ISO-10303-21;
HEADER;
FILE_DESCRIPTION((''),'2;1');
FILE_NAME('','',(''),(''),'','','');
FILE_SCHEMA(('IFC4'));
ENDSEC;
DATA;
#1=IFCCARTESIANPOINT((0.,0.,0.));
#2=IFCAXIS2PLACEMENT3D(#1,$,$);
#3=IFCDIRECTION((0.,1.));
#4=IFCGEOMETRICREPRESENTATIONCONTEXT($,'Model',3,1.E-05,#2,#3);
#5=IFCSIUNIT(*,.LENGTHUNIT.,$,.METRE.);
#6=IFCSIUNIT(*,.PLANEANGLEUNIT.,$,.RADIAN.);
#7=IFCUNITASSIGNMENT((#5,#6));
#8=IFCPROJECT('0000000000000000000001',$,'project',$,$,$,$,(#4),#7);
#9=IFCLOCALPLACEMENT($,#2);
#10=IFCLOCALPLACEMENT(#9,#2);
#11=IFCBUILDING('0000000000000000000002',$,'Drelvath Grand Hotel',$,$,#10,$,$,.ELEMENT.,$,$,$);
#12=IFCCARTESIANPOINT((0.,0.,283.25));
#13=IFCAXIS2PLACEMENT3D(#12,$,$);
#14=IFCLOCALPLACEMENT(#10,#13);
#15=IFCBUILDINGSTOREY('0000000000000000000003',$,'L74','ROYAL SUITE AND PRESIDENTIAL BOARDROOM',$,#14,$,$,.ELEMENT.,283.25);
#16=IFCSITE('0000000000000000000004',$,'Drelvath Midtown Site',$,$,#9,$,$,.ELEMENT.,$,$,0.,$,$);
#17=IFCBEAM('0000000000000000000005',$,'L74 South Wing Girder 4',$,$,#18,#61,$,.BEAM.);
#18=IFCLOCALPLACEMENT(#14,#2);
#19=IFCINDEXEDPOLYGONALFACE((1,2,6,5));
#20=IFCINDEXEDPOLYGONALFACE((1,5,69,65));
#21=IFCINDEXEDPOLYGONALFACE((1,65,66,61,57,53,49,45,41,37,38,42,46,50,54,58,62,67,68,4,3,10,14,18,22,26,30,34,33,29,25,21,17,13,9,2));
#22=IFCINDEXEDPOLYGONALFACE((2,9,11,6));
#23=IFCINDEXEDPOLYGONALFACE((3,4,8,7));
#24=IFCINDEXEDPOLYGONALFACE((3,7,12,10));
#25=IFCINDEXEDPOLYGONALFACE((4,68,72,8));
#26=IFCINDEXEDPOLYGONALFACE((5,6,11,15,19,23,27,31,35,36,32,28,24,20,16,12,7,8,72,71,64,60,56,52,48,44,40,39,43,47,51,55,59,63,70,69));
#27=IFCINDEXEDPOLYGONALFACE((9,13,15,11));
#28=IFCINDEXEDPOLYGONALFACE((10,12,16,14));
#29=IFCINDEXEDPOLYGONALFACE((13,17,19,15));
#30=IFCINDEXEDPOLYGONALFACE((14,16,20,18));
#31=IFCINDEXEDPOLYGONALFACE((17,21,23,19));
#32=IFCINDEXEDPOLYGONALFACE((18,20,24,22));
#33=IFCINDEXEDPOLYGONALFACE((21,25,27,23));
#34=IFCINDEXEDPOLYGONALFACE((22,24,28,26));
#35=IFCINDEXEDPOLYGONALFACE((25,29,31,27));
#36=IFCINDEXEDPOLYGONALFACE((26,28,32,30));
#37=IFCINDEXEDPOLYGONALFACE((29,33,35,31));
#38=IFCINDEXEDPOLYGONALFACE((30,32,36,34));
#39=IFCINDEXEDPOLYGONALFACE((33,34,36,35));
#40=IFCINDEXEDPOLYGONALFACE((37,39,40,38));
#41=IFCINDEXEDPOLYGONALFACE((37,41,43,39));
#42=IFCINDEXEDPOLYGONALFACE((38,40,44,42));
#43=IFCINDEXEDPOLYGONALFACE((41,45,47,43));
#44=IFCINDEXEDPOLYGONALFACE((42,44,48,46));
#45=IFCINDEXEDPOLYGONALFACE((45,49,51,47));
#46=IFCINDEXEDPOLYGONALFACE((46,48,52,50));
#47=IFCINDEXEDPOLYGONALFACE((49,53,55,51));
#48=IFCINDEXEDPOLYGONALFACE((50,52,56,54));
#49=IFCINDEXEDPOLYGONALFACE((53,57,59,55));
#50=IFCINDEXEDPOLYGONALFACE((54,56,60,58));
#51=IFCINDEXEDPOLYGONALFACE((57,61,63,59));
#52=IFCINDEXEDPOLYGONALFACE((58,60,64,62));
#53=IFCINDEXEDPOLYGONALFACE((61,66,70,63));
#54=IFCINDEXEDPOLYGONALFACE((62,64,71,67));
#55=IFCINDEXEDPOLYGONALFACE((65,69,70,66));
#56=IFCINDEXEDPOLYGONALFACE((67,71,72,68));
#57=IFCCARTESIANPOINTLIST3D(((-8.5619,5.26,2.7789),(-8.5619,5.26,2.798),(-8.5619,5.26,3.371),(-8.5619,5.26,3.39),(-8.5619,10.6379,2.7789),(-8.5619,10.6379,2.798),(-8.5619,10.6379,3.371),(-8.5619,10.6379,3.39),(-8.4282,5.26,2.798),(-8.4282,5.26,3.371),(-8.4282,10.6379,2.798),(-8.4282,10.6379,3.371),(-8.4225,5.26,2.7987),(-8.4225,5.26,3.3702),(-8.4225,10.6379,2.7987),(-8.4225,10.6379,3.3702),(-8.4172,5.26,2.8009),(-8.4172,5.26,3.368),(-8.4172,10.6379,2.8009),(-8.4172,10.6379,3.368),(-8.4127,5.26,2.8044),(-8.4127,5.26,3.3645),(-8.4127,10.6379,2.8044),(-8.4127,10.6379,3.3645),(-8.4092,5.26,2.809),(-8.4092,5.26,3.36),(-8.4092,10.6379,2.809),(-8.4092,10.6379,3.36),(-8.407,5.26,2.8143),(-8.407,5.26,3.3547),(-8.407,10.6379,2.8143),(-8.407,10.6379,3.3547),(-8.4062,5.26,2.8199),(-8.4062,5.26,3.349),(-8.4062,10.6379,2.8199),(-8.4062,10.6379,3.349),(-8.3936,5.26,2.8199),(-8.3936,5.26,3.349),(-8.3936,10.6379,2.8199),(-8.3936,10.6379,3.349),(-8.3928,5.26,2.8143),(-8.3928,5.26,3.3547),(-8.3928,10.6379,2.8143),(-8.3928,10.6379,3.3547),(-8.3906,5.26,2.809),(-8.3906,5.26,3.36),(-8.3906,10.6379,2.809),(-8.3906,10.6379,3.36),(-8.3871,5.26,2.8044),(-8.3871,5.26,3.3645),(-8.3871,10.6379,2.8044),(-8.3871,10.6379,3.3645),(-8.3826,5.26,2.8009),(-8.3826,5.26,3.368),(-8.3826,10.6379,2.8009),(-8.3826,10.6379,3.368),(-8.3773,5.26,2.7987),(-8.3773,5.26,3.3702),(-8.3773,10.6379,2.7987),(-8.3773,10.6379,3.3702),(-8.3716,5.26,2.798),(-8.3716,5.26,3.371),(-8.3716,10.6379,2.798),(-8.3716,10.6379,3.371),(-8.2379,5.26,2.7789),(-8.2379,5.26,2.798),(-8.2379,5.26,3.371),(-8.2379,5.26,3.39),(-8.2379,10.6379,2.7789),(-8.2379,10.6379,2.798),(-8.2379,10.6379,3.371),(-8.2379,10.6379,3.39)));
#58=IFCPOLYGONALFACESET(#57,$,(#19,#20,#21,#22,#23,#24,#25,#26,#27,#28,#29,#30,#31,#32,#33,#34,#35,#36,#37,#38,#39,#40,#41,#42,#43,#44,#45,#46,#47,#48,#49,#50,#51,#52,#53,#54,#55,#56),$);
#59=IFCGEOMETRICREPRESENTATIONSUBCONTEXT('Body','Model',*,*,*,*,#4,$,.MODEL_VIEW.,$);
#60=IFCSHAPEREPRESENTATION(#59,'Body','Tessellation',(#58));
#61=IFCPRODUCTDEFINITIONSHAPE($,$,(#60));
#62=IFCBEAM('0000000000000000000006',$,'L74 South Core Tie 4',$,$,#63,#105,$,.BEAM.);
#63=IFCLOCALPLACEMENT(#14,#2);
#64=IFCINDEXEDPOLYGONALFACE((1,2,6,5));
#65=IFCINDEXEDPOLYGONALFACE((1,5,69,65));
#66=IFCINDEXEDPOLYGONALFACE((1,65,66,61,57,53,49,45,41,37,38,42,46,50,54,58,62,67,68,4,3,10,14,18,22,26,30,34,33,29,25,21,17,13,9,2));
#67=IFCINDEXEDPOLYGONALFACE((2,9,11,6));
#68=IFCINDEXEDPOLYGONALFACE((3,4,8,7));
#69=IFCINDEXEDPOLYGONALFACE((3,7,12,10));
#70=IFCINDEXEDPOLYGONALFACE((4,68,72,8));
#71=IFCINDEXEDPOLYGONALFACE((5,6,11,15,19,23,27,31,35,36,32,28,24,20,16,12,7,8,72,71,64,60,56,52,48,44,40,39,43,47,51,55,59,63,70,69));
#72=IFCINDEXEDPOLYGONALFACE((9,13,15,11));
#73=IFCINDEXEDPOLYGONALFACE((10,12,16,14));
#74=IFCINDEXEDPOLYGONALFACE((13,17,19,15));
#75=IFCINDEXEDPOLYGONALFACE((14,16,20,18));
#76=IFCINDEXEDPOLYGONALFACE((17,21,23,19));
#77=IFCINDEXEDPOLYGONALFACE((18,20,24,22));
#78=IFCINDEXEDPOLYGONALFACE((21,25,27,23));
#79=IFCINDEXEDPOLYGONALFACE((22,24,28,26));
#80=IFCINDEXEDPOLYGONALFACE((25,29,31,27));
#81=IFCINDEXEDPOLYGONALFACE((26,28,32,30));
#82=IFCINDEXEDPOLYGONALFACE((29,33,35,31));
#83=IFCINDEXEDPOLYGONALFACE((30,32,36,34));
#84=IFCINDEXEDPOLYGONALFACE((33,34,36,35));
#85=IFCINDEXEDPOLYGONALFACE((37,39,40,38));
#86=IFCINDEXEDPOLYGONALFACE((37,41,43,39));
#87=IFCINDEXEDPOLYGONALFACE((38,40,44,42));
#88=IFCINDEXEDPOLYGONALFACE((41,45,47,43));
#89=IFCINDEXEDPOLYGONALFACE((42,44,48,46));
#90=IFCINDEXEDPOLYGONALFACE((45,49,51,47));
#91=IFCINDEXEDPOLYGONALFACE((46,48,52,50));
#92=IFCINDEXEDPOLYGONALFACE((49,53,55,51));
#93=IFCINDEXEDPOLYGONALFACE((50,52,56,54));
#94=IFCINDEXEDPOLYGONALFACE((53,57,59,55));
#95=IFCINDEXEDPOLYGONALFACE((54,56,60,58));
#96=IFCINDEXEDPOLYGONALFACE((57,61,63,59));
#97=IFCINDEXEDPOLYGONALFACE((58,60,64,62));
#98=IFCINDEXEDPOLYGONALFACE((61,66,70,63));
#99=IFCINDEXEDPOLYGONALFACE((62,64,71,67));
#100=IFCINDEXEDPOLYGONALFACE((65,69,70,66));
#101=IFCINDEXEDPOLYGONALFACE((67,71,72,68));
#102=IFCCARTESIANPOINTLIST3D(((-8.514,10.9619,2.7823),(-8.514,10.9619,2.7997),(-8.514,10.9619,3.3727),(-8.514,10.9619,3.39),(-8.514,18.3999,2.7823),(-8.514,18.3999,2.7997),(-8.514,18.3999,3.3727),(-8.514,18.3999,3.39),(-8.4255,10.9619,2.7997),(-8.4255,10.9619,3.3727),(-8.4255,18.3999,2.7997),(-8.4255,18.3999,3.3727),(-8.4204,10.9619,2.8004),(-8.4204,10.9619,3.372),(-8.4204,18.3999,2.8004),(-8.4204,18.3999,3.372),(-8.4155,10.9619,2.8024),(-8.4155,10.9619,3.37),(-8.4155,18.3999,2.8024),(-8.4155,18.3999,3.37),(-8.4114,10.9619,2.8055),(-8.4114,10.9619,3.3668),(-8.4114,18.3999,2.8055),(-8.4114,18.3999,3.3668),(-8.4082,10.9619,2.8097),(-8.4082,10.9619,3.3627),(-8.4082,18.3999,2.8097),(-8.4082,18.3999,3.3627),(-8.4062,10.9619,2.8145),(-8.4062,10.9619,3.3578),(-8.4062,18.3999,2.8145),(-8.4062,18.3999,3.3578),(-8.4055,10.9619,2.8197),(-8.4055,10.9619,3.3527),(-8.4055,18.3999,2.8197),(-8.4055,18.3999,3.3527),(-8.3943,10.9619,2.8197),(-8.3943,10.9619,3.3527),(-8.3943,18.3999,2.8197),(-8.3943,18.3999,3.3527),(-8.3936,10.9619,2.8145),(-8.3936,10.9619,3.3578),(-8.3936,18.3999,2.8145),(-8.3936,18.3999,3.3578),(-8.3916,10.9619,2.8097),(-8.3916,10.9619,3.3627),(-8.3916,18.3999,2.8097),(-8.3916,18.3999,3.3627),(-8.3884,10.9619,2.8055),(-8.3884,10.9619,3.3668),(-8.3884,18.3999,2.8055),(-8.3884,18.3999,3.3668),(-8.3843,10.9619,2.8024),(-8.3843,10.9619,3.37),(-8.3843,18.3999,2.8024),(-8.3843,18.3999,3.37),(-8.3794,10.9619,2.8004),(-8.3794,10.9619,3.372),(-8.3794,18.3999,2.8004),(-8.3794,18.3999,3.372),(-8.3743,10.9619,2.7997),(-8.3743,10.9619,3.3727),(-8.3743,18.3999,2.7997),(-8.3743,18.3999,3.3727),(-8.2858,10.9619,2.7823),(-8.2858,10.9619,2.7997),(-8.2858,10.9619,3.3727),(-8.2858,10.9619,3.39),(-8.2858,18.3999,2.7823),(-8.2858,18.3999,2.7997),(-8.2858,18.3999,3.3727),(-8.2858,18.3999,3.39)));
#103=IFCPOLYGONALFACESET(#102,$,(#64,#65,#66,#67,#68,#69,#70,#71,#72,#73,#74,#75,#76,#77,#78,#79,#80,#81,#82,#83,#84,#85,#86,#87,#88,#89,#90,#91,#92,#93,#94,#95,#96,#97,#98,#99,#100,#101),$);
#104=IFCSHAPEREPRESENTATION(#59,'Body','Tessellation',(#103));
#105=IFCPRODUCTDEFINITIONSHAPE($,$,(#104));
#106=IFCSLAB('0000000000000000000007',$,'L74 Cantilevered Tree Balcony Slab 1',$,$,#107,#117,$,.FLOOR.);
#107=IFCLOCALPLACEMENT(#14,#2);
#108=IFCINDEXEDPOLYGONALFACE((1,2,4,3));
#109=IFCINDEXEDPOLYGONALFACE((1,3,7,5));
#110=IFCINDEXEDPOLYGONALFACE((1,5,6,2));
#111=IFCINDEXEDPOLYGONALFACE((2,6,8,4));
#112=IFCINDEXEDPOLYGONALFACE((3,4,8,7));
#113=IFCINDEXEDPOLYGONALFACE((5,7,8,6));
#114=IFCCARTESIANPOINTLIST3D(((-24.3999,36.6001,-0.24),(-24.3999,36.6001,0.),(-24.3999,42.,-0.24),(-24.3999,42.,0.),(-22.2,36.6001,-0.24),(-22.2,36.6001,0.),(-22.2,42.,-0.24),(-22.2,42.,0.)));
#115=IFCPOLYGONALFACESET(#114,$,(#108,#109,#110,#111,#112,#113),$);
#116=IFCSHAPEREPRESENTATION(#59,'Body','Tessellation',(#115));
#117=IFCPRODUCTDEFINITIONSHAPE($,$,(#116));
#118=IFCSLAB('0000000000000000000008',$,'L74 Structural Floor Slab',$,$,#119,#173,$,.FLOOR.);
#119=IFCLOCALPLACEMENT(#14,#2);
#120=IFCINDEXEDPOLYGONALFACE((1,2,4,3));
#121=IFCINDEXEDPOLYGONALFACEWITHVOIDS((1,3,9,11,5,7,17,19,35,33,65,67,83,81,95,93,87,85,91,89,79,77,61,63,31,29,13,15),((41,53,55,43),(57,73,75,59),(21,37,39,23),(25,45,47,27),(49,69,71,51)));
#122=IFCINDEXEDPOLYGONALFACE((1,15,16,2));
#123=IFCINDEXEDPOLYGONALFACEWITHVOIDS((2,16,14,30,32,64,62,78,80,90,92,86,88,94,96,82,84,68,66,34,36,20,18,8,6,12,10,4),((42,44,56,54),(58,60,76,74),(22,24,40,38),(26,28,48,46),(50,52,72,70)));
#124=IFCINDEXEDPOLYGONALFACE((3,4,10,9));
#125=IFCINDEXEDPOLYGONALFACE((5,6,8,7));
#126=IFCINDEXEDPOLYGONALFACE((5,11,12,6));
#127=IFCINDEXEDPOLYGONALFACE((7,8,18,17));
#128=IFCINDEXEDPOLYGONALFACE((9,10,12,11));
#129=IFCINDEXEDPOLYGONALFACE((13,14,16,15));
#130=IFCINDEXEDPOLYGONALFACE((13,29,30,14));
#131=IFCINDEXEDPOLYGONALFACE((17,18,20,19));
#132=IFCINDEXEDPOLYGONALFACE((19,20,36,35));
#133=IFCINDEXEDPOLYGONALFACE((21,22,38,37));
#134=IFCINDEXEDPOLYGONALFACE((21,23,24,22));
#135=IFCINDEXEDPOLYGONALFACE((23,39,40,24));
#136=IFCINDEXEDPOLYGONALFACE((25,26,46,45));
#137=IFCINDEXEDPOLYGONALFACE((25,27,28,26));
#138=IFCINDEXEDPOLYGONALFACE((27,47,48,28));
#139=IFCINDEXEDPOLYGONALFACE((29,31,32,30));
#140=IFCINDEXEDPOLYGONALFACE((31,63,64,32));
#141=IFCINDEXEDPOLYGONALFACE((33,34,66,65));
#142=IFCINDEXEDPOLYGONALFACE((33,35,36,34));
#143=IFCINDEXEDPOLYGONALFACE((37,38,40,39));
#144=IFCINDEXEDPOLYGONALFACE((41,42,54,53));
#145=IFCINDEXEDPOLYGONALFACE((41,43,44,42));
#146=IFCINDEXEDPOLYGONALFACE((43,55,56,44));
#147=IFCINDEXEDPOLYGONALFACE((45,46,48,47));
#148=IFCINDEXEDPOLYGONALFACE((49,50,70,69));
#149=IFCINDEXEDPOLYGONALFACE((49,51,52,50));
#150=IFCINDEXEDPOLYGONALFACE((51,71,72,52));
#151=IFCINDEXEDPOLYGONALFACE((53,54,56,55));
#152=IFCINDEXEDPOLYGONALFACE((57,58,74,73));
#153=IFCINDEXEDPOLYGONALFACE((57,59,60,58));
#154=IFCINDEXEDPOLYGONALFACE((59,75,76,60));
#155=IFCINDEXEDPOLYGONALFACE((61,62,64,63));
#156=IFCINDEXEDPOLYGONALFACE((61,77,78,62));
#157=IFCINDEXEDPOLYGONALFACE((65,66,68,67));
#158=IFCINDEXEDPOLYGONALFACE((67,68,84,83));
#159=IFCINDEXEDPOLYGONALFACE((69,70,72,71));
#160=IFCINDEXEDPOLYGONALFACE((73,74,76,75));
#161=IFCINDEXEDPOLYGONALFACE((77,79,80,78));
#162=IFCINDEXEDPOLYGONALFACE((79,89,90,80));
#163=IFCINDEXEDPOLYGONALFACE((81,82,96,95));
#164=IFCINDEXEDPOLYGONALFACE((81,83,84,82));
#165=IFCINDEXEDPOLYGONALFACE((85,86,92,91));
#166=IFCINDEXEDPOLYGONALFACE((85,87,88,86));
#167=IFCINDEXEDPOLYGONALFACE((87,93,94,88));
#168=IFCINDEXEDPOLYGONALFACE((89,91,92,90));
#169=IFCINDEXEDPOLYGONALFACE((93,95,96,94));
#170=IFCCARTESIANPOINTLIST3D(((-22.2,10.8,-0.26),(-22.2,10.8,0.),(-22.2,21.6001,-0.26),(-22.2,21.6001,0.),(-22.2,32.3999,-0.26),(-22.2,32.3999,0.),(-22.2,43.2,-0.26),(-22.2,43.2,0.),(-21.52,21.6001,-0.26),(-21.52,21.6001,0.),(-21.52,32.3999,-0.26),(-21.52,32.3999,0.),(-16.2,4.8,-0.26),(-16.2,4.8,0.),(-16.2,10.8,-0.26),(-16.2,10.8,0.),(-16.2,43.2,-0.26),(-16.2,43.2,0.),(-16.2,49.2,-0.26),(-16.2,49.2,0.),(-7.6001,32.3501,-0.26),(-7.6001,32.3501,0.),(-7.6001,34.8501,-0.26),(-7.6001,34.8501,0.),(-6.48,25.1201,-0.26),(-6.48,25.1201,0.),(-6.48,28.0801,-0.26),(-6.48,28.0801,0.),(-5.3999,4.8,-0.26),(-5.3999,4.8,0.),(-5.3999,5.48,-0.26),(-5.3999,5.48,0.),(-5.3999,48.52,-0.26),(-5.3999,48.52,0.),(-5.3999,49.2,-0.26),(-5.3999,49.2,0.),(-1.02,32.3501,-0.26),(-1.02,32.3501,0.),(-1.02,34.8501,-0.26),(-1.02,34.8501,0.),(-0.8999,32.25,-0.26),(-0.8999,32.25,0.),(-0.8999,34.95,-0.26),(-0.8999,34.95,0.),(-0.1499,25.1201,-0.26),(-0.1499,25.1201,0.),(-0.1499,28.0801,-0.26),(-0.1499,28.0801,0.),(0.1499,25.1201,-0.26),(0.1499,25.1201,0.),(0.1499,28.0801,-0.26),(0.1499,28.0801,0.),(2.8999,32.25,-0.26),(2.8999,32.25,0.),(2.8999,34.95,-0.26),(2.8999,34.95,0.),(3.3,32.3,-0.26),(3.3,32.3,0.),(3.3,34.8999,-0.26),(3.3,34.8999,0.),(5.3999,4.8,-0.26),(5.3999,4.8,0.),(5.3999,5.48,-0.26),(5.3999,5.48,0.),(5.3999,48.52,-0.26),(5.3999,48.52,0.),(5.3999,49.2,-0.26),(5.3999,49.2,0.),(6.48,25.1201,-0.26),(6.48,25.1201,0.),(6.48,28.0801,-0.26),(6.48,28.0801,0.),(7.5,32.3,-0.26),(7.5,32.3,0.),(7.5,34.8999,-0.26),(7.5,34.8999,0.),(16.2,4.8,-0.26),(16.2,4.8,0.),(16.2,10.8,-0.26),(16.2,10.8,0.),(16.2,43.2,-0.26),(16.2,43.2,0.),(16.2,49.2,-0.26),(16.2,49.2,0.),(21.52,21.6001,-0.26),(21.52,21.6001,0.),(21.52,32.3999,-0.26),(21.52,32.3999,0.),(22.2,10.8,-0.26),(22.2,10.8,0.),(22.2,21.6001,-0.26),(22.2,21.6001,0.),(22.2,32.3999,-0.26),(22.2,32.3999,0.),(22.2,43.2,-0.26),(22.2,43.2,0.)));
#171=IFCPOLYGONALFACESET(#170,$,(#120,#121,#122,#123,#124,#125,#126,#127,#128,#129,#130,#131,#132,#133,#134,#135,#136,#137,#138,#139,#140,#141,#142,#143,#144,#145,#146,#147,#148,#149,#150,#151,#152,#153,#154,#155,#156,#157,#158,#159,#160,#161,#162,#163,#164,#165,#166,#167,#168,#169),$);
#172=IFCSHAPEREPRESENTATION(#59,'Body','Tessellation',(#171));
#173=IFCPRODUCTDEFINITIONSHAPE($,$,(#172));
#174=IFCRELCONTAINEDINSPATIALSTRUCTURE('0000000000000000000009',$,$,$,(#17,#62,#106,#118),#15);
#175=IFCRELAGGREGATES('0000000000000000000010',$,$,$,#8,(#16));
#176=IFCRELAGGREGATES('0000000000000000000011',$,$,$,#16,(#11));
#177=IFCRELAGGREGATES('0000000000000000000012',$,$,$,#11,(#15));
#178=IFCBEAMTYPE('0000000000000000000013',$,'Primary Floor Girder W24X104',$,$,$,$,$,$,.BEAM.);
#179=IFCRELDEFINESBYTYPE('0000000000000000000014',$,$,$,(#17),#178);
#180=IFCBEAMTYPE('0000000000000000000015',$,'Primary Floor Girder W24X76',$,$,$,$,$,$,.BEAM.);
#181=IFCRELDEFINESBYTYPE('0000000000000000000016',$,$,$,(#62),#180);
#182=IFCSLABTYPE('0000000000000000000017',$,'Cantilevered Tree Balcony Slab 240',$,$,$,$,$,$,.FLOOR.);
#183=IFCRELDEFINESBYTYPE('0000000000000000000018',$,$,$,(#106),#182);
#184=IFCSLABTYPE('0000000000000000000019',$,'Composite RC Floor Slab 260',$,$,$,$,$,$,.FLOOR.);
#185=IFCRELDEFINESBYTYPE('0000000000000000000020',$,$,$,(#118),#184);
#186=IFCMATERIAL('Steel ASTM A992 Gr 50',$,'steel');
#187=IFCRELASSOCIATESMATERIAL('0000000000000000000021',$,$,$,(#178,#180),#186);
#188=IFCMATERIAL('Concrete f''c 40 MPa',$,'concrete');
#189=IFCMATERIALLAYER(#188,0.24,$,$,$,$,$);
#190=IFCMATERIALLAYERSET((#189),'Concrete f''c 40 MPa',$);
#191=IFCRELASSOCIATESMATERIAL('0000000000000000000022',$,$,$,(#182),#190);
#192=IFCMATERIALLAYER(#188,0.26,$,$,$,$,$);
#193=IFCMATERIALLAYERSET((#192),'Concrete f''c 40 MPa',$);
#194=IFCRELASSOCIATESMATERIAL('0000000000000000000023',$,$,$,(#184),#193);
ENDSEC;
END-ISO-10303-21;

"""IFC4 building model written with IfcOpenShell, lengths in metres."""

from ifc_helpers import new_model, si_unit, direction, frame, origin, origin_2d, place, context, subcontext, project, spatial, polyline, i_section, outline, extrude, material, layer, layer_set, material_profile, profile_set, type_object, element, save


model = new_model("IFC4")

# Units and contexts
model_context = context("Model", 3, precision=1e-05, world=origin(), true_north=direction((0.0, 1.0)))
body_context = subcontext(model_context, "Body", "Model", "MODEL_VIEW")
ifc_project = project(units=[si_unit("LENGTHUNIT", "METRE"), si_unit("PLANEANGLEUNIT", "RADIAN")], contexts=[model_context])

# Site, building, storey
site_placement = place(None, origin())
site = spatial("IfcSite", under=ifc_project, at=site_placement, Name="Drelvath Midtown Site", CompositionType="ELEMENT", RefElevation=0.0)
building_placement = place(site_placement, origin())
building = spatial("IfcBuilding", under=site, at=building_placement, Name="Drelvath Grand Hotel", CompositionType="ELEMENT")
storey_placement = place(building_placement, frame((0.0, 0.0, 283.25)))
storey = spatial("IfcBuildingStorey", under=building, at=storey_placement, Name="L74", Description="ROYAL SUITE AND PRESIDENTIAL BOARDROOM", CompositionType="ELEMENT", Elevation=283.25)

# Shared definitions
ifc_material_1 = material(Name="Steel ASTM A992 Gr 50", Category="steel")

# Beams
ifc_material_profile_1 = material_profile(ifc_material_1, i_section(OverallWidth=0.324, OverallDepth=0.6111, WebThickness=0.0127, FlangeThickness=0.019, FilletRadius=0.022, at=origin_2d()), Name="W24X104")
ifc_profile_set_1 = profile_set([ifc_material_profile_1], Name="Steel ASTM A992 Gr 50")
beam_type_1 = type_object("IfcBeamType", Name="Primary Floor Girder W24X104", PredefinedType="BEAM", material=ifc_profile_set_1)
beam_1_placement = place(storey_placement, frame((-8.3999, 5.26, 3.0845), z_axis=(0.0, 1.0, 0.0), x_axis=(-1.0, 0.0, 0.0)))
element("IfcBeam", 1, at=beam_1_placement, inside=storey, type_object=beam_type_1, Name="L74 South Wing Girder 4", PredefinedType="BEAM", context=body_context, shape_type="SweptSolid", body=[
    extrude(i_section(OverallWidth=0.324, OverallDepth=0.6111, WebThickness=0.0127, FlangeThickness=0.019, FilletRadius=0.022, at=origin_2d()), origin(), (0.0, 0.0, 1.0), 5.3779),
])
ifc_material_profile_2 = material_profile(ifc_material_1, i_section(OverallWidth=0.2283, OverallDepth=0.6077, WebThickness=0.0112, FlangeThickness=0.0173, FilletRadius=0.02, at=origin_2d()), Name="W24X76")
ifc_profile_set_2 = profile_set([ifc_material_profile_2], Name="Steel ASTM A992 Gr 50")
beam_type_2 = type_object("IfcBeamType", Name="Primary Floor Girder W24X76", PredefinedType="BEAM", material=ifc_profile_set_2)
beam_2_placement = place(storey_placement, frame((-8.3999, 10.9619, 3.0862), z_axis=(0.0, 1.0, 0.0), x_axis=(-1.0, 0.0, 0.0)))
element("IfcBeam", 2, at=beam_2_placement, inside=storey, type_object=beam_type_2, Name="L74 South Core Tie 4", PredefinedType="BEAM", context=body_context, shape_type="SweptSolid", body=[
    extrude(i_section(OverallWidth=0.2283, OverallDepth=0.6077, WebThickness=0.0112, FlangeThickness=0.0173, FilletRadius=0.02, at=origin_2d()), origin(), (0.0, 0.0, 1.0), 7.438),
])

# Slabs
ifc_material_2 = material(Name="Concrete f'c 40 MPa", Category="concrete")
ifc_layer_1 = layer(ifc_material_2, 0.24)
ifc_layer_set_1 = layer_set([ifc_layer_1], Name="Concrete f'c 40 MPa")
slab_type_1 = type_object("IfcSlabType", Name="Cantilevered Tree Balcony Slab 240", PredefinedType="FLOOR", material=ifc_layer_set_1)
slab_1_placement = place(storey_placement, frame((0.0, 0.0, -0.24)))
element("IfcSlab", 3, at=slab_1_placement, inside=storey, type_object=slab_type_1, Name="L74 Cantilevered Tree Balcony Slab 1", PredefinedType="FLOOR", context=body_context, shape_type="SweptSolid", body=[
    extrude(outline(polyline([(-24.3999, 36.6001), (-22.2, 36.6001), (-22.2, 42.0), (-24.3999, 42.0), (-24.3999, 36.6001)])), origin(), (0.0, 0.0, 1.0), 0.24),
])
ifc_layer_2 = layer(ifc_material_2, 0.26)
ifc_layer_set_2 = layer_set([ifc_layer_2], Name="Concrete f'c 40 MPa")
slab_type_2 = type_object("IfcSlabType", Name="Composite RC Floor Slab 260", PredefinedType="FLOOR", material=ifc_layer_set_2)
slab_2_placement = place(storey_placement, frame((0.0, 0.0, -0.26)))
element("IfcSlab", 4, at=slab_2_placement, inside=storey, type_object=slab_type_2, Name="L74 Structural Floor Slab", PredefinedType="FLOOR", context=body_context, shape_type="SweptSolid", body=[
    extrude(outline(polyline([(-16.2, 4.8), (-5.3999, 4.8), (-5.3999, 5.48), (5.3999, 5.48), (5.3999, 4.8), (16.2, 4.8), (16.2, 10.8), (22.2, 10.8), (22.2, 21.6001), (21.52, 21.6001), (21.52, 32.3999), (22.2, 32.3999), (22.2, 43.2), (16.2, 43.2), (16.2, 49.2), (5.3999, 49.2), (5.3999, 48.52), (-5.3999, 48.52), (-5.3999, 49.2), (-16.2, 49.2), (-16.2, 43.2), (-22.2, 43.2), (-22.2, 32.3999), (-21.52, 32.3999), (-21.52, 21.6001), (-22.2, 21.6001), (-22.2, 10.8), (-16.2, 10.8), (-16.2, 4.8)]), holes=[polyline([(-6.48, 25.1201), (-6.48, 28.0801), (-0.1499, 28.0801), (-0.1499, 25.1201), (-6.48, 25.1201)]), polyline([(0.1499, 25.1201), (0.1499, 28.0801), (6.48, 28.0801), (6.48, 25.1201), (0.1499, 25.1201)]), polyline([(-7.6001, 32.3501), (-7.6001, 34.8501), (-1.02, 34.8501), (-1.02, 32.3501), (-7.6001, 32.3501)]), polyline([(-0.8999, 32.25), (-0.8999, 34.95), (2.8999, 34.95), (2.8999, 32.25), (-0.8999, 32.25)]), polyline([(3.3, 32.3), (3.3, 34.8999), (7.5, 34.8999), (7.5, 32.3), (3.3, 32.3)])]), origin(), (0.0, 0.0, 1.0), 0.26),
])

save(model, "model.ifc")
